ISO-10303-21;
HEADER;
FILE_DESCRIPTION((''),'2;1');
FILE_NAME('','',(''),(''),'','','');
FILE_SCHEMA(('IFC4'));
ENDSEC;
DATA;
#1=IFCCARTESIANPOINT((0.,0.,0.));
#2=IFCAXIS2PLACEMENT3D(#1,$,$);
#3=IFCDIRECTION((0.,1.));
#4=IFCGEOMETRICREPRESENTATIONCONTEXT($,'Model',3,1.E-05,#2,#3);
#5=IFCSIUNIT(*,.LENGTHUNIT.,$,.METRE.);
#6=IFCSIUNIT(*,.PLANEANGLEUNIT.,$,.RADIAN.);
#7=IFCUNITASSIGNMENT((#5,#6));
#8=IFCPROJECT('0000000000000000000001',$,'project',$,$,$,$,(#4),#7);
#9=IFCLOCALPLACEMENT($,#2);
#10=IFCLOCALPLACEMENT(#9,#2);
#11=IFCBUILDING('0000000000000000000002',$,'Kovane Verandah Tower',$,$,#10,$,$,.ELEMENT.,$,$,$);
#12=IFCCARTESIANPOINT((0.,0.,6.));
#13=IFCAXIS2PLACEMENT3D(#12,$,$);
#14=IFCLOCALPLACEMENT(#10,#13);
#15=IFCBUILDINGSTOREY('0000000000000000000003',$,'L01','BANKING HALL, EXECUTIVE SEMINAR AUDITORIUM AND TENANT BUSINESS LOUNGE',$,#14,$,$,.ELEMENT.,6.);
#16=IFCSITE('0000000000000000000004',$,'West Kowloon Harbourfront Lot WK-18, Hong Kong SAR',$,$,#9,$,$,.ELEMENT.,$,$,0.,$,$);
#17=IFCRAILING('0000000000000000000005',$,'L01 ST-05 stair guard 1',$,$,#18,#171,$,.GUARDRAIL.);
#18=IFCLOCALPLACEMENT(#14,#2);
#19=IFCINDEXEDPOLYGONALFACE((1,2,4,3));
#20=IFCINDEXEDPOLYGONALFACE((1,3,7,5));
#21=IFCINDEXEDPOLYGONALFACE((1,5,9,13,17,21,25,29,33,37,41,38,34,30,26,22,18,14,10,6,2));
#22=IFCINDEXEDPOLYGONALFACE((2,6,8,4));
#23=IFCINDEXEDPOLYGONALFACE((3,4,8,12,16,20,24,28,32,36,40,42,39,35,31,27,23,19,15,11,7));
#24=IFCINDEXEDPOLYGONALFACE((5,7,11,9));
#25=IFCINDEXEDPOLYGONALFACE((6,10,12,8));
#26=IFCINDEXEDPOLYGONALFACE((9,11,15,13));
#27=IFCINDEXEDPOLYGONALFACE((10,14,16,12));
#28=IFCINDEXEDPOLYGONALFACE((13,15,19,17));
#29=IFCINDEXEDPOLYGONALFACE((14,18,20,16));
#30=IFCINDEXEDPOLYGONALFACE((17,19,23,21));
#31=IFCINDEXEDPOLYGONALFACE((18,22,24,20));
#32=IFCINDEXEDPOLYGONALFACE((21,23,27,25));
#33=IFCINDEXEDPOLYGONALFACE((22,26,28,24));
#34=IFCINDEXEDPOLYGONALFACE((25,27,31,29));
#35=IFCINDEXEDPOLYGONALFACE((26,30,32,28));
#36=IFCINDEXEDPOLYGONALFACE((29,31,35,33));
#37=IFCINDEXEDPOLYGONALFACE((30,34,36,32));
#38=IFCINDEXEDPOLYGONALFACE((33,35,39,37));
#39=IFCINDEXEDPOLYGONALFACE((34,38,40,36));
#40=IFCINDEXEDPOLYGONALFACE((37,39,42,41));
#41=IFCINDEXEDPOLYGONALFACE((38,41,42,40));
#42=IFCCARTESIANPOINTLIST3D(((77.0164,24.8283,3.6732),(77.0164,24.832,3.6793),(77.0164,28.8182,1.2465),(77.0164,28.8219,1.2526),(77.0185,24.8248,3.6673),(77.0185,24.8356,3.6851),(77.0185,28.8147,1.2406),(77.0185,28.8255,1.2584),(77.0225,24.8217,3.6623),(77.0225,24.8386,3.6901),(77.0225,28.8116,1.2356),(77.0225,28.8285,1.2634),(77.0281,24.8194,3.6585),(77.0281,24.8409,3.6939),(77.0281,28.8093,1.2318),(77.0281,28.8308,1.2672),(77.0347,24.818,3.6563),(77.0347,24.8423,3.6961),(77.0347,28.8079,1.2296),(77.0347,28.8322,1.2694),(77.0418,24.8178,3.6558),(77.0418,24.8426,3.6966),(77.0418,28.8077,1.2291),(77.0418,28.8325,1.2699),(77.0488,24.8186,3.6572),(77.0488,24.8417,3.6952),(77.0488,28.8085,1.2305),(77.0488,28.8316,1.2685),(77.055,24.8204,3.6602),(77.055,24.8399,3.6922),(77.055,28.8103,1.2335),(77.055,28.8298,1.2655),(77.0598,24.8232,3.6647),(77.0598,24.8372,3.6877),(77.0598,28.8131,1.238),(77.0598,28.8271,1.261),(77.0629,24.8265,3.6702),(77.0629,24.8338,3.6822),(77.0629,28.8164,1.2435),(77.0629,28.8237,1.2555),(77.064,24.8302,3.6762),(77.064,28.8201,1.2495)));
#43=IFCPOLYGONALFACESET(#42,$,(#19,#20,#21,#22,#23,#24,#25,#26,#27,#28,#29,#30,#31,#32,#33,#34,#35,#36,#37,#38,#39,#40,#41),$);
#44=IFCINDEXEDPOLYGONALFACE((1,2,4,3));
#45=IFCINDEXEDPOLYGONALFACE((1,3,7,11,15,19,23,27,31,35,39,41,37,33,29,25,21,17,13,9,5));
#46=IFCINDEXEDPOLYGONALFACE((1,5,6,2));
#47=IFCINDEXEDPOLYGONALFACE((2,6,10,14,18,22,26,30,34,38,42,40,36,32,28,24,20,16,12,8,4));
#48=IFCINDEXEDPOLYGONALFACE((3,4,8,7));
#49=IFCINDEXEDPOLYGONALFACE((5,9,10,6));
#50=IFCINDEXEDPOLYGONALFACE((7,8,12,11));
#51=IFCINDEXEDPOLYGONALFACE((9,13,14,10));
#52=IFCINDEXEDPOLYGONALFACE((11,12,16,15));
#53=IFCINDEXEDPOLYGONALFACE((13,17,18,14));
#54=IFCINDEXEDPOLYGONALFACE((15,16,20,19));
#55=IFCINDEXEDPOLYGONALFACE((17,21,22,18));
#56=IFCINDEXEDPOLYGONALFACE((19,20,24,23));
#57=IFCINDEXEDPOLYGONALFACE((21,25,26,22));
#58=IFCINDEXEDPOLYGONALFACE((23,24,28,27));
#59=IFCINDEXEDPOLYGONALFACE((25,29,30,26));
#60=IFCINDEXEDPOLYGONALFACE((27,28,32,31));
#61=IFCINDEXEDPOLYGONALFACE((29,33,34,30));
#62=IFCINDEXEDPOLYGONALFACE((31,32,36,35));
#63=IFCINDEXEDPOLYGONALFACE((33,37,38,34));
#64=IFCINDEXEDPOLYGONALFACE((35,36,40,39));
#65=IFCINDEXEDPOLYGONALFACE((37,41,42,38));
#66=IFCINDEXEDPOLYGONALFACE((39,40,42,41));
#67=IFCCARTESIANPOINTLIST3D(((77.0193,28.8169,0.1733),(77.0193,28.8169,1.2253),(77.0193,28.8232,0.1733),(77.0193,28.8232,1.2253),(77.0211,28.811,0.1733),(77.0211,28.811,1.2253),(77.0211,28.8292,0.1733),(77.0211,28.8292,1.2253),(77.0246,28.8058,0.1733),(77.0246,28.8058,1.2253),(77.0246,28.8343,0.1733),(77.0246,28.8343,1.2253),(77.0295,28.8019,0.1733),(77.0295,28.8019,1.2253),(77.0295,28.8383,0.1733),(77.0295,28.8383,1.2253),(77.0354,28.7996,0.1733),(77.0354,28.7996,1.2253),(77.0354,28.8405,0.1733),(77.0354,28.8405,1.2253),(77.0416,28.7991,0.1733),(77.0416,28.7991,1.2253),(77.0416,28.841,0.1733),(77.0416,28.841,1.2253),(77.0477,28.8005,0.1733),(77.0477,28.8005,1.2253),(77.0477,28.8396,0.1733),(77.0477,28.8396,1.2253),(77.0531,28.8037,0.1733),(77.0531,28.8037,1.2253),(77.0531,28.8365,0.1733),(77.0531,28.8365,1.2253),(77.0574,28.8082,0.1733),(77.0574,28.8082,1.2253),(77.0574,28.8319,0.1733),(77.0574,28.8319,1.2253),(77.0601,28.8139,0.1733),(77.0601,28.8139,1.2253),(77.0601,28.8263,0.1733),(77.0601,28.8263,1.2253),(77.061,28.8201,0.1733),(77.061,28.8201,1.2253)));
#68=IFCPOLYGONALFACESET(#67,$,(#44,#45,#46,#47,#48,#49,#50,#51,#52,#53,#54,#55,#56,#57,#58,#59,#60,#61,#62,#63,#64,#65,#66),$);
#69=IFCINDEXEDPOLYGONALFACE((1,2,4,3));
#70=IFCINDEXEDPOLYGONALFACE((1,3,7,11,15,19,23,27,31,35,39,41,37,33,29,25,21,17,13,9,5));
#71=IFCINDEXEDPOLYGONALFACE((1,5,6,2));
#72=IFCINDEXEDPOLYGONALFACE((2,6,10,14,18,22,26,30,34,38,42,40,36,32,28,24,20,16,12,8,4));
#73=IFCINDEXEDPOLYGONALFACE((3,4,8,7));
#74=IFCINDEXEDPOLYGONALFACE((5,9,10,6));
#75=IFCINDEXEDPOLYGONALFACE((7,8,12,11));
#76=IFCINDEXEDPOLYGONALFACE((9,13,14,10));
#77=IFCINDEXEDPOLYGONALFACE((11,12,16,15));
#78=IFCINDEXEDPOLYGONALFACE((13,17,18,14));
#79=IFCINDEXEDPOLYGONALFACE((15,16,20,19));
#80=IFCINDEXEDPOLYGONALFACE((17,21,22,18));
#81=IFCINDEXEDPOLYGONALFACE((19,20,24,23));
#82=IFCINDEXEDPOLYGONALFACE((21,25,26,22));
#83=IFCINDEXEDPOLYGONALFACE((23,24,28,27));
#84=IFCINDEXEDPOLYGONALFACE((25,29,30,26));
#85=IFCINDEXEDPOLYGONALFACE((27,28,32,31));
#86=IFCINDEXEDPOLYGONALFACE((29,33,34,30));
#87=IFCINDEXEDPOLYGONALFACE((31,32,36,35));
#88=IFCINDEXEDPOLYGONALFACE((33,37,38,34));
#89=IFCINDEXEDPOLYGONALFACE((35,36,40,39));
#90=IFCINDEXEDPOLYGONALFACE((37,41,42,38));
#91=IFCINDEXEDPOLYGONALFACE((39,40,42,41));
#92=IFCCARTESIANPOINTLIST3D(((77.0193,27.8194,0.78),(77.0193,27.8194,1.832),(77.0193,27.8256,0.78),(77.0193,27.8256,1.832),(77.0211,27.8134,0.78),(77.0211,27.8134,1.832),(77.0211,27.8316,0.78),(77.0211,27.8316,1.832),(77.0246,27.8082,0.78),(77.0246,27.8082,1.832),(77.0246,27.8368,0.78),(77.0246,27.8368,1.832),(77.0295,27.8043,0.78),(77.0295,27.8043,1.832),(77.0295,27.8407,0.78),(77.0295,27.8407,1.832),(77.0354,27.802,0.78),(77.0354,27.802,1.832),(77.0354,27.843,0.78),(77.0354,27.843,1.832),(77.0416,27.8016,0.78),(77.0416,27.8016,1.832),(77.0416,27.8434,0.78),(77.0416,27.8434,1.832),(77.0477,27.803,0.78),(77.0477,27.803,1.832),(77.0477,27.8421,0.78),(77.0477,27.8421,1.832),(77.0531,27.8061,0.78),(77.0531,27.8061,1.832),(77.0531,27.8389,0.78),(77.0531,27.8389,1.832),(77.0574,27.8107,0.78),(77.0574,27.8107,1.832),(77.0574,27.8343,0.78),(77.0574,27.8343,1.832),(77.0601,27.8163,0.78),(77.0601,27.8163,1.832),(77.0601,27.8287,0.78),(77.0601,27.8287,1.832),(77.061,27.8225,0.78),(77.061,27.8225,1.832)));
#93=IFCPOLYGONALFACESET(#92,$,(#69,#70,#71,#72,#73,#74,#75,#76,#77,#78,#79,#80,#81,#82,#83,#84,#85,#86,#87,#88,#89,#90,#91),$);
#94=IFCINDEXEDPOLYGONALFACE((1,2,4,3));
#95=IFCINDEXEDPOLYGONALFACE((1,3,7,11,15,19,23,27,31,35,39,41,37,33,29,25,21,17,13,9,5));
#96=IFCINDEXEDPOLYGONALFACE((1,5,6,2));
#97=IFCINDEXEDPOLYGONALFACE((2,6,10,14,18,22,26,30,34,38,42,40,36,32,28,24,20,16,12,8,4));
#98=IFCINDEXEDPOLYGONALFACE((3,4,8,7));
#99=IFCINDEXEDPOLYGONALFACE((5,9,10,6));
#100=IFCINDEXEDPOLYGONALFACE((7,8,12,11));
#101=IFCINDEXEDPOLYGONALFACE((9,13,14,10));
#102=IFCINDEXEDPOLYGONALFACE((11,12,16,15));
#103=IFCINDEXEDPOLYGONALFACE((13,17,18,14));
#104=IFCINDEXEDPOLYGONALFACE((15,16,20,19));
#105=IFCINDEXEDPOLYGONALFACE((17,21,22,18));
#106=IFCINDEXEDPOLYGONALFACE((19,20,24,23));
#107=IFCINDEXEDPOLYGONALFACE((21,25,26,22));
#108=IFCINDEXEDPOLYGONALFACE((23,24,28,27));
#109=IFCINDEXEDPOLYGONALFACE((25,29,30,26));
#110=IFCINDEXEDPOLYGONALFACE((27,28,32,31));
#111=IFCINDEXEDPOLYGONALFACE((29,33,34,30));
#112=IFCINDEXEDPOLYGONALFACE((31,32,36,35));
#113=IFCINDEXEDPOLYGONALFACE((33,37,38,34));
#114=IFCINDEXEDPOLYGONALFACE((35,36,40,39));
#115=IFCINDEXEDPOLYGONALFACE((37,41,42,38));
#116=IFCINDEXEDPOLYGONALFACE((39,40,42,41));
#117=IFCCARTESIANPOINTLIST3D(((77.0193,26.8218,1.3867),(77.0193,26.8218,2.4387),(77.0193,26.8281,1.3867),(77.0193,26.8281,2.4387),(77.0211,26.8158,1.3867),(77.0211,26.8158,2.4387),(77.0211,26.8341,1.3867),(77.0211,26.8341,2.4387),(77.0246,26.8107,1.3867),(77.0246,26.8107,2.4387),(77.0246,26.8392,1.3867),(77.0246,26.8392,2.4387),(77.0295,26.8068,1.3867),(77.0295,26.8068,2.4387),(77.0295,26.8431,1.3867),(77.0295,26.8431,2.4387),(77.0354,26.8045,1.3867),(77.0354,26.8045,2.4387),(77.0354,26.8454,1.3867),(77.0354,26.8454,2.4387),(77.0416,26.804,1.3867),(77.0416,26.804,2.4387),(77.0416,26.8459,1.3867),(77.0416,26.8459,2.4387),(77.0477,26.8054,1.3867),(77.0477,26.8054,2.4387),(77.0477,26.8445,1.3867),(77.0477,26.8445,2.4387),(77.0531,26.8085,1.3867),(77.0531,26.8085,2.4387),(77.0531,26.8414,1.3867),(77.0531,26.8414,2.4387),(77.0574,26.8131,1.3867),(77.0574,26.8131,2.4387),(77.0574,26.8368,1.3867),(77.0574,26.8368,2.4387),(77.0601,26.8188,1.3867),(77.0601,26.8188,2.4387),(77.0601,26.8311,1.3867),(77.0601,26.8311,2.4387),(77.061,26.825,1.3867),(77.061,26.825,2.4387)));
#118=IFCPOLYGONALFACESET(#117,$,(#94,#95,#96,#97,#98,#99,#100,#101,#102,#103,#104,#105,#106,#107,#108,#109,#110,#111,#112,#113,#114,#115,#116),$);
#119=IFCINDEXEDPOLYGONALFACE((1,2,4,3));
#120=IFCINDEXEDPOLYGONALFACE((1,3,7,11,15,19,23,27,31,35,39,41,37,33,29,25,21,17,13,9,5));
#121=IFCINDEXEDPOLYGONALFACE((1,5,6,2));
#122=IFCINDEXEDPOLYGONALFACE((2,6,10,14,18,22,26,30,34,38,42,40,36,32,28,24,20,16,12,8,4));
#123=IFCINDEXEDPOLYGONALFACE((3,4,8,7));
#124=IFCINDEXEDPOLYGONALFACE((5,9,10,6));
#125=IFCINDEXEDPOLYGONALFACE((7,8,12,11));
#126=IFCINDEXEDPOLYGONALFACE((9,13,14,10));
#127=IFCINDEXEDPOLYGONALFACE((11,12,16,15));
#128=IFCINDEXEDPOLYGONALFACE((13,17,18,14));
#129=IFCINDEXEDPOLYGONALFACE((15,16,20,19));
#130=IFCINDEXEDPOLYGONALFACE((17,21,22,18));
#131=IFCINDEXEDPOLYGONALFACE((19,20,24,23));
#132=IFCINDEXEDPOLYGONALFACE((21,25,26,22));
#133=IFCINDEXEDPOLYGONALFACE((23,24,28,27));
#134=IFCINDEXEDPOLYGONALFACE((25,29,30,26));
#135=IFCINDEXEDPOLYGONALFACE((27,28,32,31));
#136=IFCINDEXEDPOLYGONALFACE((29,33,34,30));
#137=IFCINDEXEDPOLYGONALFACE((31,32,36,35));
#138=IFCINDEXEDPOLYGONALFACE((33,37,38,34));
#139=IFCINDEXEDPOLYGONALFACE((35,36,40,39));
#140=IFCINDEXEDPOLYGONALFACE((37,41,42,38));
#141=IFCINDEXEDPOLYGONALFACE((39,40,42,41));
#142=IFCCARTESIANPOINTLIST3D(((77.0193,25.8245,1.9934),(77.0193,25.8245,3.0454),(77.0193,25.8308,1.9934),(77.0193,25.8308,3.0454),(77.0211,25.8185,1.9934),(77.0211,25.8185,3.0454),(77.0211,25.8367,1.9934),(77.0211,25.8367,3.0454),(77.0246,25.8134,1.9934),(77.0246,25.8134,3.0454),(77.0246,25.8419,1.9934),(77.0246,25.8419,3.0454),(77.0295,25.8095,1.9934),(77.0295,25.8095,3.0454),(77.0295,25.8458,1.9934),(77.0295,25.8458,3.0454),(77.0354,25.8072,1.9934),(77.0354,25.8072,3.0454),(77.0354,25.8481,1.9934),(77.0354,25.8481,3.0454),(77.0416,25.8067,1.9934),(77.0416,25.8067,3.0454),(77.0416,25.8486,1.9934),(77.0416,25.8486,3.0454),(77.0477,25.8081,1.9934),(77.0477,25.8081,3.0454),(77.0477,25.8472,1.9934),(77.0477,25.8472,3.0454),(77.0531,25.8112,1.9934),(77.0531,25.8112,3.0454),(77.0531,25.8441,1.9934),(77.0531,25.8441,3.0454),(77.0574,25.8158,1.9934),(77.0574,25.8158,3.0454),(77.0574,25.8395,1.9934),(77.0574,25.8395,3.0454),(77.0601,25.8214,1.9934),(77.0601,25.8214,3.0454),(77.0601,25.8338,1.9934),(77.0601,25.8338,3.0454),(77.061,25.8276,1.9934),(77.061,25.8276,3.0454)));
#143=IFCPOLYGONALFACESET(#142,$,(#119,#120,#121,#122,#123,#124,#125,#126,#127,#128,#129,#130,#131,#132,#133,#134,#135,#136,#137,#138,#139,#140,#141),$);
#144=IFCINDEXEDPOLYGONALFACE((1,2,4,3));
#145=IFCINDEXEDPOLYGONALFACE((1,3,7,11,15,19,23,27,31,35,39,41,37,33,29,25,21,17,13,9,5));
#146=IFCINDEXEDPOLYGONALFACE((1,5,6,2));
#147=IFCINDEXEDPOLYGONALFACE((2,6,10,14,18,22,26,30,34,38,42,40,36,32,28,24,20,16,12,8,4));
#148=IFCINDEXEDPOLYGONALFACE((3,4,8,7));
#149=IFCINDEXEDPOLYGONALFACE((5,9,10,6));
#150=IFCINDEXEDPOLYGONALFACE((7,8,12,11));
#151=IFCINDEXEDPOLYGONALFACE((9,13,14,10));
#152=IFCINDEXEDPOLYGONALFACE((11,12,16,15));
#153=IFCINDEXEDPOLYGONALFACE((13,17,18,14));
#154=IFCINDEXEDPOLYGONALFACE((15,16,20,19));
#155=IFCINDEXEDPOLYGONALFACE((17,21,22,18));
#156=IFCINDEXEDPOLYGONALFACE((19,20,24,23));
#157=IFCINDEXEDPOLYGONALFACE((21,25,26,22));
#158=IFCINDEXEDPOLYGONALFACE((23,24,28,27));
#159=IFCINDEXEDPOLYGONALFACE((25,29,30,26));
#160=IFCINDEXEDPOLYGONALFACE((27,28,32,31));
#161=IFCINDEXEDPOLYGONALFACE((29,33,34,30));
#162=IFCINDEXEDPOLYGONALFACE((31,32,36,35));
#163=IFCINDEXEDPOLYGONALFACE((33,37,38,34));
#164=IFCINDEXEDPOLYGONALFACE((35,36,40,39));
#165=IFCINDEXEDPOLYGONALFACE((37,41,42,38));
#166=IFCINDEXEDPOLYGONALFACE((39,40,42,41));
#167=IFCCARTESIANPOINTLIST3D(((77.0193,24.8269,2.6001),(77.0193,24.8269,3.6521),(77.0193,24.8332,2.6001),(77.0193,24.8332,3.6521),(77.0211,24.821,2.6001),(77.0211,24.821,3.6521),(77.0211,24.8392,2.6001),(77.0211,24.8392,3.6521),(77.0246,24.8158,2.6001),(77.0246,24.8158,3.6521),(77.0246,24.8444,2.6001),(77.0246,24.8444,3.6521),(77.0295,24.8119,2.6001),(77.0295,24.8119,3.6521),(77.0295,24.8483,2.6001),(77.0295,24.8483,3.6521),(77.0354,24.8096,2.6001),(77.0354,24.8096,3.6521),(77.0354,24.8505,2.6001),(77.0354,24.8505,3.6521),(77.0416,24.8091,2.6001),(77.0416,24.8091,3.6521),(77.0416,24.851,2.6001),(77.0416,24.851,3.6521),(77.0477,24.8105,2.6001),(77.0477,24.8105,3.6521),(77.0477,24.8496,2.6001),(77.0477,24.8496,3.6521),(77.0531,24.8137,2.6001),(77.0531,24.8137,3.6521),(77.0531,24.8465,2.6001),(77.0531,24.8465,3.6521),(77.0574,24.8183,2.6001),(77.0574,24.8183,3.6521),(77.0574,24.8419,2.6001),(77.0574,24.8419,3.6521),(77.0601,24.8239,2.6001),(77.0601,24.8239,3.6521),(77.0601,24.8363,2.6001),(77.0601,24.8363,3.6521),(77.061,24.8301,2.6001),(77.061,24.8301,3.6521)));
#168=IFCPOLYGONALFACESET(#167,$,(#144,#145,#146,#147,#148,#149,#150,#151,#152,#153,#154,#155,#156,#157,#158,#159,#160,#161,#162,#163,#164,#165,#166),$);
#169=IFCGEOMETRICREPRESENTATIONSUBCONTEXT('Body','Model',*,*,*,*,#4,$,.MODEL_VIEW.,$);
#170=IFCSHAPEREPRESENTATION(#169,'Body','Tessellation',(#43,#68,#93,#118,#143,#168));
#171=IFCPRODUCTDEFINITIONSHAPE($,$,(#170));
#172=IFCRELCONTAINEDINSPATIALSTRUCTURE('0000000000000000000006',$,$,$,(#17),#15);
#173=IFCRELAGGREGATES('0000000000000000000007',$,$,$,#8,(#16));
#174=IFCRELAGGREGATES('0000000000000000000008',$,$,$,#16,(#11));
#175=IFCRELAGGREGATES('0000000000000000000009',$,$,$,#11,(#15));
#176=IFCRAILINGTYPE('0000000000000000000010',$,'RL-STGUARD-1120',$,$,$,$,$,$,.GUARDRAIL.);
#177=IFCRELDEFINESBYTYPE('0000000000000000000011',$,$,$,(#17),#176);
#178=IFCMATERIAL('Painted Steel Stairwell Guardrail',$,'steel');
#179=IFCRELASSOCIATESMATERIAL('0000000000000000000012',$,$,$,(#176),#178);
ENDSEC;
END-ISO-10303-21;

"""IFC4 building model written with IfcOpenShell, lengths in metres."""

from ifc_helpers import new_model, si_unit, direction, frame, origin, origin_2d, place, context, subcontext, project, spatial, circle, extrude, material, type_object, element, save


model = new_model("IFC4")

# Units and contexts
model_context = context("Model", 3, precision=1e-05, world=origin(), true_north=direction((0.0, 1.0)))
body_context = subcontext(model_context, "Body", "Model", "MODEL_VIEW")
ifc_project = project(units=[si_unit("LENGTHUNIT", "METRE"), si_unit("PLANEANGLEUNIT", "RADIAN")], contexts=[model_context])

# Site, building, storey
site_placement = place(None, origin())
site = spatial("IfcSite", under=ifc_project, at=site_placement, Name="West Kowloon Harbourfront Lot WK-18, Hong Kong SAR", CompositionType="ELEMENT", RefElevation=0.0)
building_placement = place(site_placement, origin())
building = spatial("IfcBuilding", under=site, at=building_placement, Name="Kovane Verandah Tower", CompositionType="ELEMENT")
storey_placement = place(building_placement, frame((0.0, 0.0, 6.0)))
storey = spatial("IfcBuildingStorey", under=building, at=storey_placement, Name="L01", Description="BANKING HALL, EXECUTIVE SEMINAR AUDITORIUM AND TENANT BUSINESS LOUNGE", CompositionType="ELEMENT", Elevation=6.0)

# Railing
ifc_material_1 = material(Name="Painted Steel Stairwell Guardrail", Category="steel")
railing_type_1 = type_object("IfcRailingType", Name="RL-STGUARD-1120", PredefinedType="GUARDRAIL", material=ifc_material_1)
railing_1_placement = place(storey_placement, frame((77.04, 28.8201, 0.1733)))
element("IfcRailing", 1, at=railing_1_placement, inside=storey, type_object=railing_type_1, Name="L01 ST-05 stair guard 1", PredefinedType="GUARDRAIL", context=body_context, shape_type="SweptSolid", body=[
    extrude(circle(Radius=0.0239, at=origin_2d()), frame((0.0, 0.0, 1.0762), z_axis=(0.0, -0.854382, 0.519645), x_axis=(1.0, 0.0, 0.0)), (0.0, 0.0, 1.0), 4.6699),
    extrude(circle(Radius=0.021, at=origin_2d()), origin(), (0.0, 0.0, 1.0), 1.052),
    extrude(circle(Radius=0.021, at=origin_2d()), frame((0.0, -0.9976, 0.6067)), (0.0, 0.0, 1.0), 1.052),
    extrude(circle(Radius=0.021, at=origin_2d()), frame((0.0, -1.9951, 1.2134)), (0.0, 0.0, 1.0), 1.052),
    extrude(circle(Radius=0.021, at=origin_2d()), frame((0.0, -2.9924, 1.8201)), (0.0, 0.0, 1.0), 1.052),
    extrude(circle(Radius=0.021, at=origin_2d()), frame((0.0, -3.99, 2.4268)), (0.0, 0.0, 1.0), 1.052),
])

save(model, "model.ifc")
